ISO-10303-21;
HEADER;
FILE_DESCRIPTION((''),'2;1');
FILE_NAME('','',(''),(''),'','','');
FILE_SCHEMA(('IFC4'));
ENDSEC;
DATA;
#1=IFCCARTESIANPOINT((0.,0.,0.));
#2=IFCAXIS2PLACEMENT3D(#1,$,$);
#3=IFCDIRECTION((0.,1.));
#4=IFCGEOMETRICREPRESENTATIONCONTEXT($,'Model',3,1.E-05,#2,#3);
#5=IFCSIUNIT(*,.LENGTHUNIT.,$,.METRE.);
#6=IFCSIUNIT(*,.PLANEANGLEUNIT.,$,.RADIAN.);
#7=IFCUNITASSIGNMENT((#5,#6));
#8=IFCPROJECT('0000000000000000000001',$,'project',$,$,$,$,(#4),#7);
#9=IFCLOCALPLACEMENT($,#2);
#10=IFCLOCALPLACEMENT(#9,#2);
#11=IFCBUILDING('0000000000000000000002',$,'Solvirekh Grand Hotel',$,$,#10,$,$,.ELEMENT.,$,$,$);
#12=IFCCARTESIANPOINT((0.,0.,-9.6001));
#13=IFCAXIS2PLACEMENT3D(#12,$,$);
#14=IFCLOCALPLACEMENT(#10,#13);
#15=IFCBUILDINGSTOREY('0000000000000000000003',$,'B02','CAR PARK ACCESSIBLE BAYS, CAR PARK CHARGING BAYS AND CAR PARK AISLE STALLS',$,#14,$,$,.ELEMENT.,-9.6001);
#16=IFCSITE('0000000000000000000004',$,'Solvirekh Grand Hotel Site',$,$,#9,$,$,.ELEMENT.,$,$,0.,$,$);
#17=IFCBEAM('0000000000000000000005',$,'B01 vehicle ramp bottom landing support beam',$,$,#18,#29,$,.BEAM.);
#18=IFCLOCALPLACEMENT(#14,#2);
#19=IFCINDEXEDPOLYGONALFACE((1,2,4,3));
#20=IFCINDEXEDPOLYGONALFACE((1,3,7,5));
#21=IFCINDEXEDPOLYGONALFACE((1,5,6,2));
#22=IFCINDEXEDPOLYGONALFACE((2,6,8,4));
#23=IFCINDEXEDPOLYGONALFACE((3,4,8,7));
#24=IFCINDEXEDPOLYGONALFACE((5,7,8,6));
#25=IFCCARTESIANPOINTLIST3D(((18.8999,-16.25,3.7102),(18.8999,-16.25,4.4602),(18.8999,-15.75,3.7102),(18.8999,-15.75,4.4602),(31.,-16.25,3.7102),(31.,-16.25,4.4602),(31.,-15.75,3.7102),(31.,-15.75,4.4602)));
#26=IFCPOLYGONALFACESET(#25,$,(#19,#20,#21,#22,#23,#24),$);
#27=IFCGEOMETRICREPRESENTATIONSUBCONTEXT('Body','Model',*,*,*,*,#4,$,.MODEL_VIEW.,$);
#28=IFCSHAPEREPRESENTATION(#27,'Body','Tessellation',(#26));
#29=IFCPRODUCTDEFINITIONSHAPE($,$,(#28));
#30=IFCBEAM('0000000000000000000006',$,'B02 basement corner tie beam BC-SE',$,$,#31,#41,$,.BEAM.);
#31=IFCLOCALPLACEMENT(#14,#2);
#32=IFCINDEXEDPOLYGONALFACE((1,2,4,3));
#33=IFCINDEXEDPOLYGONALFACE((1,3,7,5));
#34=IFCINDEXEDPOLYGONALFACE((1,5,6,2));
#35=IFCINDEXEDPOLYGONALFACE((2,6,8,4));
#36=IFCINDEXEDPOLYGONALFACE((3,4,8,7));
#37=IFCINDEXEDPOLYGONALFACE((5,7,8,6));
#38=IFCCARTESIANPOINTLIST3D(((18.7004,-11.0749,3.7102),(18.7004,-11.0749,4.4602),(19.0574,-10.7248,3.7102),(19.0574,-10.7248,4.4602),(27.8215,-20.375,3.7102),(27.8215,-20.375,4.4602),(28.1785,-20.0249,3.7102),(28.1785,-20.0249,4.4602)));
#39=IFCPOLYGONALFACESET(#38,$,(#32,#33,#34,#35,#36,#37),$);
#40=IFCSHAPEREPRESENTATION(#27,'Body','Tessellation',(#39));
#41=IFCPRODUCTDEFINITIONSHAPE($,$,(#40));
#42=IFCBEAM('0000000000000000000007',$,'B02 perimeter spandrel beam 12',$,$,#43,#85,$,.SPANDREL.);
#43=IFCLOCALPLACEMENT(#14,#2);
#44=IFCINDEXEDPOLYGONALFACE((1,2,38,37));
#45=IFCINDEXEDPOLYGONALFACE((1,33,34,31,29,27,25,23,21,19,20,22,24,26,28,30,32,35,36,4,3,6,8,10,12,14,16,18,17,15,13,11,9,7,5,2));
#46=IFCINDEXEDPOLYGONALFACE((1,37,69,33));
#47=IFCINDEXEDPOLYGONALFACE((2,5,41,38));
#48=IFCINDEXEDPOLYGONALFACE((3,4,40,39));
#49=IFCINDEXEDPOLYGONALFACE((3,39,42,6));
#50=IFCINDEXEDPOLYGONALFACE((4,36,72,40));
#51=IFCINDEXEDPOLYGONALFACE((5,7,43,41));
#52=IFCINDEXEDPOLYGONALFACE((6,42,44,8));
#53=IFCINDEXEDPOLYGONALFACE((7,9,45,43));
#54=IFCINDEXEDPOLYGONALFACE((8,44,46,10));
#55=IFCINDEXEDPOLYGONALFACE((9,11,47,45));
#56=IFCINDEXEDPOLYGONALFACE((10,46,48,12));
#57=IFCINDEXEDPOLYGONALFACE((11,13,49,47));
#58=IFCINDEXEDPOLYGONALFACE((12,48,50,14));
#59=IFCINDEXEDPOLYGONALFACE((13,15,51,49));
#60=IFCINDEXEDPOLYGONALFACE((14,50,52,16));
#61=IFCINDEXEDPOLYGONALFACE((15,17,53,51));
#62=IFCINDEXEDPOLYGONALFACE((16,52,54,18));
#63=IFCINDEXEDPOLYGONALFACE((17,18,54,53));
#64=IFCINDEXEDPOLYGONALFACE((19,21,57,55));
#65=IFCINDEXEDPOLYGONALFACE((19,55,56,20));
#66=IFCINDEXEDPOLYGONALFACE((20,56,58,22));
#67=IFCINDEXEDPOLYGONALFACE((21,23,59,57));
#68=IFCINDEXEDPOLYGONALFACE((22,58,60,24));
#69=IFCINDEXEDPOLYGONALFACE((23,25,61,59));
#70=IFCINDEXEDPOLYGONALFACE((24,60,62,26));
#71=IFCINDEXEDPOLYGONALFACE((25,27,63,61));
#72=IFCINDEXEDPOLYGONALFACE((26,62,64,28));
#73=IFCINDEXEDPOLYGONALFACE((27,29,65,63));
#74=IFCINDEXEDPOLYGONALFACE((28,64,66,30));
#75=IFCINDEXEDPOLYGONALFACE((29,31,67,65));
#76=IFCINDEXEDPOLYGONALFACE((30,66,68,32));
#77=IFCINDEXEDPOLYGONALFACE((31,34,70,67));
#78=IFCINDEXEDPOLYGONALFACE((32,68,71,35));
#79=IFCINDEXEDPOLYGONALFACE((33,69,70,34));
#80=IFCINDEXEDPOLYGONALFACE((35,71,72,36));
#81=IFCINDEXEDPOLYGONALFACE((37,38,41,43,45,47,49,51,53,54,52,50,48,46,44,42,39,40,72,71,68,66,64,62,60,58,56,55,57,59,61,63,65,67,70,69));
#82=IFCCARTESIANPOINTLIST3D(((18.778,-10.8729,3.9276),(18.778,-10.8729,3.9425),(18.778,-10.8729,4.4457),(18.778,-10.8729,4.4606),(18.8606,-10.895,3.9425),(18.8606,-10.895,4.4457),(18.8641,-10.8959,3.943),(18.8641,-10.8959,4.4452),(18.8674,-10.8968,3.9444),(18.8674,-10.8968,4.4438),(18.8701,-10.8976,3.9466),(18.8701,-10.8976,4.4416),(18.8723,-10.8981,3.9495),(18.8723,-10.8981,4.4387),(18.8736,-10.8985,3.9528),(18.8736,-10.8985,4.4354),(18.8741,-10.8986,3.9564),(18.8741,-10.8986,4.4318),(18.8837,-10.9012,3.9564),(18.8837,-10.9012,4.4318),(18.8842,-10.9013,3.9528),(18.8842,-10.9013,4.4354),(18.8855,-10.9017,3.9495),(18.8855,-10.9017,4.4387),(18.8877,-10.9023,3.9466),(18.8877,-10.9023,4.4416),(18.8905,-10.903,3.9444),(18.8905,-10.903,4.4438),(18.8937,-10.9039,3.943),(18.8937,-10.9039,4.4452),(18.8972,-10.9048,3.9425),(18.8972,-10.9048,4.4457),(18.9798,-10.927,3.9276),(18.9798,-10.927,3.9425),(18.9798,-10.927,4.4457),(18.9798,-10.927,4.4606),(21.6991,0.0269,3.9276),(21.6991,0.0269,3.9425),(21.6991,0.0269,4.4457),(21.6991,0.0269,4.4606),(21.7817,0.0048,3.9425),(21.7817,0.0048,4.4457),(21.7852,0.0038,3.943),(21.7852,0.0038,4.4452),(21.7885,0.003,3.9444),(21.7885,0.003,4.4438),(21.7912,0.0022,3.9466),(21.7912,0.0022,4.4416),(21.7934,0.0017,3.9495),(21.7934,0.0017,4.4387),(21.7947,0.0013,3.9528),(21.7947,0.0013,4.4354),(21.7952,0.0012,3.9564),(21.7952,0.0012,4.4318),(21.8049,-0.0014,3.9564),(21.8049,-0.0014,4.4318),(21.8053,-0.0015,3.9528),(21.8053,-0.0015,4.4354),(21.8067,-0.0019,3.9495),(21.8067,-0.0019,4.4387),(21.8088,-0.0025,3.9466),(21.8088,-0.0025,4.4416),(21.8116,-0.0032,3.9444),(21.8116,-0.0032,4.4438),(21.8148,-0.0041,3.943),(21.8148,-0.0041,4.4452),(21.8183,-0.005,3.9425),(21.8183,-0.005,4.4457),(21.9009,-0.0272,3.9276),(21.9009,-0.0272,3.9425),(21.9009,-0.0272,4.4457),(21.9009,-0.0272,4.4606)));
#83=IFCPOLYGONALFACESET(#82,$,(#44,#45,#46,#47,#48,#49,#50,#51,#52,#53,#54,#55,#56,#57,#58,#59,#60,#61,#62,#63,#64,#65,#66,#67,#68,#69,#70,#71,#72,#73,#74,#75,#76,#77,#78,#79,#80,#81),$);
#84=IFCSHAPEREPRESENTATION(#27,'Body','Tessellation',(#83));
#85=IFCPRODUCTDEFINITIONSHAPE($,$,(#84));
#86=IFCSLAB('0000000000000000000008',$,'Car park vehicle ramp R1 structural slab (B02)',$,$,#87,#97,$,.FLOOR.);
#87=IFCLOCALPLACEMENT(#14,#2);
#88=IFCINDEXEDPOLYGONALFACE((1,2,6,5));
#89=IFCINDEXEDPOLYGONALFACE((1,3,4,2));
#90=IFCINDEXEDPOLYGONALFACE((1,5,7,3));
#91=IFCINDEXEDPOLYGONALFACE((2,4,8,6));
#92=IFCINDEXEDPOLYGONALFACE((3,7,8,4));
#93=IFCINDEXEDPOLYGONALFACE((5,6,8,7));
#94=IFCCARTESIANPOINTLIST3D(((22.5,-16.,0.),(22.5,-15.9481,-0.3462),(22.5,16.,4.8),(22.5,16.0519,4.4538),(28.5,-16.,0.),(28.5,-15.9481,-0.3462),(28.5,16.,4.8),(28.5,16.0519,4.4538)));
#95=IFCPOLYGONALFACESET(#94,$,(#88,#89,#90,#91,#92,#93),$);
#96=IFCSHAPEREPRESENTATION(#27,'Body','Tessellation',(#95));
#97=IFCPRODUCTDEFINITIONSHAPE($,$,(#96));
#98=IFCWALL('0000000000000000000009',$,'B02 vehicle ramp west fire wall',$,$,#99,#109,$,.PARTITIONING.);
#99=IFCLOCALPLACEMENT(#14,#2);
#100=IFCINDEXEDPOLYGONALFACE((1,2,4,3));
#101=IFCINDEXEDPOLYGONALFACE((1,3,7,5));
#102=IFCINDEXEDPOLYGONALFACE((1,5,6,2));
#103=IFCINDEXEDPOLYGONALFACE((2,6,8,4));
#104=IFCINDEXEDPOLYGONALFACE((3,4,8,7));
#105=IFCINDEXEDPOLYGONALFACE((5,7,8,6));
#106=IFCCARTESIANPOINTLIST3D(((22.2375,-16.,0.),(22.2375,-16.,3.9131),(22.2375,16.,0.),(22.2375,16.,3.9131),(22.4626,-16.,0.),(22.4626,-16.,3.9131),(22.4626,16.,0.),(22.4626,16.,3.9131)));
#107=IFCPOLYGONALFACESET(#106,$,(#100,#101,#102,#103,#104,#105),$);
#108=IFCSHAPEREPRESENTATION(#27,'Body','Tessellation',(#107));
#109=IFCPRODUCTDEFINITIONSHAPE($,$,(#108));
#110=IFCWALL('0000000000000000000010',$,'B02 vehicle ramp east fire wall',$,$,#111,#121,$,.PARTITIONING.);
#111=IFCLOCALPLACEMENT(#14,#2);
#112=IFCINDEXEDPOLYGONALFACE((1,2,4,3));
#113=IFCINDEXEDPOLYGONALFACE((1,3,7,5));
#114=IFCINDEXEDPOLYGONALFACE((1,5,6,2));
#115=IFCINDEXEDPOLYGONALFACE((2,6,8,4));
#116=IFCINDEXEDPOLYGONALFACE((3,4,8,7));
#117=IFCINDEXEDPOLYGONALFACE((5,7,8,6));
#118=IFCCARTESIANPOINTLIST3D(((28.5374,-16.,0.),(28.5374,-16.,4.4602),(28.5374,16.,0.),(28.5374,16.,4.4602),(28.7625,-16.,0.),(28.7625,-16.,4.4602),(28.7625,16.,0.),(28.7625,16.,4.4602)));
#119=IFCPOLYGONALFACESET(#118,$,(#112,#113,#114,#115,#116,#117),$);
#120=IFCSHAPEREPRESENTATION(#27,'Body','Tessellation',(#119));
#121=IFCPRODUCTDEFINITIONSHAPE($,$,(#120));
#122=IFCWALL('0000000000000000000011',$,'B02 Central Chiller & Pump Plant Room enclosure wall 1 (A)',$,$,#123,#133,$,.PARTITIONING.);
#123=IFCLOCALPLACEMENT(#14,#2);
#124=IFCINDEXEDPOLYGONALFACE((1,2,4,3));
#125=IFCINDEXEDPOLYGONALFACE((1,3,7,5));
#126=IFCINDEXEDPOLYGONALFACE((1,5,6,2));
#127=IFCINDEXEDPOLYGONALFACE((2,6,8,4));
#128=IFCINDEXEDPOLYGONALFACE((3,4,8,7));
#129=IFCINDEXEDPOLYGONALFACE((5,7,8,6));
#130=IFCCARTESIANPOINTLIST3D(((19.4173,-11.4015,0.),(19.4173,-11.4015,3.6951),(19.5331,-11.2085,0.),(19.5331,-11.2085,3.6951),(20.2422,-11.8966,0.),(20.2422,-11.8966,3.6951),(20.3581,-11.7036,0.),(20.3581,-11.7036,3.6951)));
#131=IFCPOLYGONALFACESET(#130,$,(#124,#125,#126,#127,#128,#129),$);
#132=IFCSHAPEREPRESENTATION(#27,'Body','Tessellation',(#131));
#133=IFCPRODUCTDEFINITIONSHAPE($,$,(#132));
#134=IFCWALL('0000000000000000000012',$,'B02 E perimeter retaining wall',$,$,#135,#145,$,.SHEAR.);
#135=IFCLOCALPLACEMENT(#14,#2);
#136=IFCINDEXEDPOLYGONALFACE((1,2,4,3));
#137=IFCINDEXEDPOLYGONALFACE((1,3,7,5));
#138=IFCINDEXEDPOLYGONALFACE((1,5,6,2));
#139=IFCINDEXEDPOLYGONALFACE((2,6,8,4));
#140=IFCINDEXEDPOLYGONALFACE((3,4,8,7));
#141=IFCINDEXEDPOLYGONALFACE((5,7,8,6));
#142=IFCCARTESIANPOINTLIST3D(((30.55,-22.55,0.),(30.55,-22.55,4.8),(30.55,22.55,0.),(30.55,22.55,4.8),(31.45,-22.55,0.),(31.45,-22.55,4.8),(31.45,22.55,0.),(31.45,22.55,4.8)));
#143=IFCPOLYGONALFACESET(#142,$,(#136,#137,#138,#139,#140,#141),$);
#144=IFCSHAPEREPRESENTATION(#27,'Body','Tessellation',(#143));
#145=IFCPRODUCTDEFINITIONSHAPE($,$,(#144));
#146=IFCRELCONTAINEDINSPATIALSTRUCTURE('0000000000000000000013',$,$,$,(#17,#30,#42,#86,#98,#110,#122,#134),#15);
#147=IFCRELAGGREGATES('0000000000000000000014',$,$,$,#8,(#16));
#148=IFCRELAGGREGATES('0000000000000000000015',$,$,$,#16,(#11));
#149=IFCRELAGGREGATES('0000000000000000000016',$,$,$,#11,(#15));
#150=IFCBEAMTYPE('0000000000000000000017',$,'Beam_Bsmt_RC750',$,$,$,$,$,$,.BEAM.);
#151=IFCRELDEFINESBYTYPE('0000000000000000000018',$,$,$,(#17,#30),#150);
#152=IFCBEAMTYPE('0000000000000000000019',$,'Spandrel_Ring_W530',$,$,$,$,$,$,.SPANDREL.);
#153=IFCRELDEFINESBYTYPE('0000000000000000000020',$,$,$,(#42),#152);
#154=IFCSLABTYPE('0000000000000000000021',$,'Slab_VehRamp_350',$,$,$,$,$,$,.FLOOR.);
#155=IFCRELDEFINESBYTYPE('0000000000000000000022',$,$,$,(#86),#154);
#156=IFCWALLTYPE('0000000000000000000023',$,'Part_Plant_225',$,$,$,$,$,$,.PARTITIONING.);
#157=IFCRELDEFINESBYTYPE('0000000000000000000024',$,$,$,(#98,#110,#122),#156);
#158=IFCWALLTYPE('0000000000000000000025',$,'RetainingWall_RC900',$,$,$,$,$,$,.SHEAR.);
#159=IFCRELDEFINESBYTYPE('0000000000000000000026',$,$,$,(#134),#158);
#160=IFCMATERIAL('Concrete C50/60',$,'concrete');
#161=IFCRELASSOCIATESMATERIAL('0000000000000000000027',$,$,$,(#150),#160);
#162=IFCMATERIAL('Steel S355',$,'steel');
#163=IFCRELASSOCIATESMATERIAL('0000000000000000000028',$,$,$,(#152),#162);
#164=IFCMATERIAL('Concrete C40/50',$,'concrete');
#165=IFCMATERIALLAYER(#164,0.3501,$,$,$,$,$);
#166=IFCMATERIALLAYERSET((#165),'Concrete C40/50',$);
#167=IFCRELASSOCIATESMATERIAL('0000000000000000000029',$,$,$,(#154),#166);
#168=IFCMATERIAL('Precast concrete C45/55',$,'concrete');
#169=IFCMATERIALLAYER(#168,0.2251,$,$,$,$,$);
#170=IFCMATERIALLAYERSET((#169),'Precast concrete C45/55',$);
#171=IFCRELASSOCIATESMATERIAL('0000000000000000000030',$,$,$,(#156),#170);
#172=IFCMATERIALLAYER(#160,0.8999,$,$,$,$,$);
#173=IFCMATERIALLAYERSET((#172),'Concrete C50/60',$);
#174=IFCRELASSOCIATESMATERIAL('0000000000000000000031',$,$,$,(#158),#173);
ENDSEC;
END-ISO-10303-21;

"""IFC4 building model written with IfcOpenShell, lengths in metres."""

from ifc_helpers import new_model, si_unit, direction, frame, frame_2d, origin, origin_2d, place, context, subcontext, project, spatial, polyline, rectangle, i_section, outline, extrude, material, layer, layer_set, material_profile, profile_set, type_object, element, save


model = new_model("IFC4")

# Units and contexts
model_context = context("Model", 3, precision=1e-05, world=origin(), true_north=direction((0.0, 1.0)))
body_context = subcontext(model_context, "Body", "Model", "MODEL_VIEW")
ifc_project = project(units=[si_unit("LENGTHUNIT", "METRE"), si_unit("PLANEANGLEUNIT", "RADIAN")], contexts=[model_context])

# Site, building, storey
site_placement = place(None, origin())
site = spatial("IfcSite", under=ifc_project, at=site_placement, Name="Solvirekh Grand Hotel Site", CompositionType="ELEMENT", RefElevation=0.0)
building_placement = place(site_placement, origin())
building = spatial("IfcBuilding", under=site, at=building_placement, Name="Solvirekh Grand Hotel", CompositionType="ELEMENT")
storey_placement = place(building_placement, frame((0.0, 0.0, -9.6001)))
storey = spatial("IfcBuildingStorey", under=building, at=storey_placement, Name="B02", Description="CAR PARK ACCESSIBLE BAYS, CAR PARK CHARGING BAYS AND CAR PARK AISLE STALLS", CompositionType="ELEMENT", Elevation=-9.6001)

# Shared definitions
ifc_material_1 = material(Name="Concrete C50/60", Category="concrete")

# Beams
ifc_material_profile_1 = material_profile(ifc_material_1, rectangle(XDim=0.5, YDim=0.75, at=origin_2d()), Name="RC BEAM 500X750")
ifc_profile_set_1 = profile_set([ifc_material_profile_1], Name="Concrete C50/60")
beam_type_1 = type_object("IfcBeamType", Name="Beam_Bsmt_RC750", PredefinedType="BEAM", material=ifc_profile_set_1)
beam_1_placement = place(storey_placement, frame((18.8999, -16.0, 4.0852), z_axis=(1.0, 0.0, 0.0), x_axis=(0.0, 1.0, 0.0)))
element("IfcBeam", 1, at=beam_1_placement, inside=storey, type_object=beam_type_1, Name="B01 vehicle ramp bottom landing support beam", PredefinedType="BEAM", context=body_context, shape_type="SweptSolid", body=[
    extrude(rectangle(XDim=0.5, YDim=0.75, at=origin_2d()), origin(), (0.0, 0.0, 1.0), 12.1001),
])
beam_2_placement = place(storey_placement, frame((28.0, -20.2, 4.0852), z_axis=(-0.700204, 0.713942, 0.0), x_axis=(-0.713942, -0.700204, 0.0)))
element("IfcBeam", 2, at=beam_2_placement, inside=storey, type_object=beam_type_1, Name="B02 basement corner tie beam BC-SE", PredefinedType="BEAM", context=body_context, shape_type="SweptSolid", body=[
    extrude(rectangle(XDim=0.5, YDim=0.75, at=origin_2d()), origin(), (0.0, 0.0, 1.0), 13.0264),
])
ifc_material_2 = material(Name="Steel S355", Category="steel")
ifc_material_profile_2 = material_profile(ifc_material_2, i_section(OverallWidth=0.209, OverallDepth=0.533, WebThickness=0.01, FlangeThickness=0.0149, FilletRadius=0.0139, at=origin_2d()), Name="W530X92")
ifc_profile_set_2 = profile_set([ifc_material_profile_2], Name="Steel S355")
beam_type_2 = type_object("IfcBeamType", Name="Spandrel_Ring_W530", PredefinedType="SPANDREL", material=ifc_profile_set_2)
beam_3_placement = place(storey_placement, frame((18.8789, -10.8999, 4.1941), z_axis=(0.258862, 0.965914, 0.0), x_axis=(-0.965914, 0.258862, 0.0)))
element("IfcBeam", 3, at=beam_3_placement, inside=storey, type_object=beam_type_2, Name="B02 perimeter spandrel beam 12", PredefinedType="SPANDREL", context=body_context, shape_type="SweptSolid", body=[
    extrude(i_section(OverallWidth=0.209, OverallDepth=0.533, WebThickness=0.01, FlangeThickness=0.0149, FilletRadius=0.0139, at=origin_2d()), origin(), (0.0, 0.0, 1.0), 11.2844),
])

# Slab
ifc_material_3 = material(Name="Concrete C40/50", Category="concrete")
ifc_layer_1 = layer(ifc_material_3, 0.3501)
ifc_layer_set_1 = layer_set([ifc_layer_1], Name="Concrete C40/50")
slab_type = type_object("IfcSlabType", Name="Slab_VehRamp_350", PredefinedType="FLOOR", material=ifc_layer_set_1)
slab_placement = place(storey_placement, frame((22.5, -16.0, 0.0), z_axis=(0.0, -0.148342, 0.988936), x_axis=(1.0, 0.0, 0.0)))
element("IfcSlab", 4, at=slab_placement, inside=storey, type_object=slab_type, Name="Car park vehicle ramp R1 structural slab (B02)", PredefinedType="FLOOR", context=body_context, shape_type="SweptSolid", body=[
    extrude(outline(polyline([(0.0, 0.0), (6.0, 0.0), (6.0, 32.358), (0.0, 32.358), (0.0, 0.0)])), origin(), (0.0, 0.0, -1.0), 0.3501),
])

# Walls
ifc_material_4 = material(Name="Precast concrete C45/55", Category="concrete")
ifc_layer_2 = layer(ifc_material_4, 0.2251)
ifc_layer_set_2 = layer_set([ifc_layer_2], Name="Precast concrete C45/55")
wall_type_1 = type_object("IfcWallType", Name="Part_Plant_225", PredefinedType="PARTITIONING", material=ifc_layer_set_2)
wall_1_placement = place(storey_placement, frame((22.3501, -16.0, 0.0), z_axis=(0.0, 0.0, 1.0), x_axis=(0.0, 1.0, 0.0)))
element("IfcWall", 5, at=wall_1_placement, inside=storey, type_object=wall_type_1, Name="B02 vehicle ramp west fire wall", PredefinedType="PARTITIONING", context=body_context, shape_type="SweptSolid", body=[
    extrude(rectangle(XDim=32.0, YDim=0.2251, at=frame_2d((16.0, 0.0))), origin(), (0.0, 0.0, 1.0), 3.9131),
])
wall_2_placement = place(storey_placement, frame((28.6499, -16.0, 0.0), z_axis=(0.0, 0.0, 1.0), x_axis=(0.0, 1.0, 0.0)))
element("IfcWall", 6, at=wall_2_placement, inside=storey, type_object=wall_type_1, Name="B02 vehicle ramp east fire wall", PredefinedType="PARTITIONING", context=body_context, shape_type="SweptSolid", body=[
    extrude(rectangle(XDim=32.0, YDim=0.2251, at=frame_2d((16.0, 0.0))), origin(), (0.0, 0.0, 1.0), 4.4602),
])
wall_3_placement = place(storey_placement, frame((20.3, -11.8, 0.0), z_axis=(0.0, 0.0, 1.0), x_axis=(-0.857426, 0.514608, 0.0)))
element("IfcWall", 7, at=wall_3_placement, inside=storey, type_object=wall_type_1, Name="B02 Central Chiller & Pump Plant Room enclosure wall 1 (A)", PredefinedType="PARTITIONING", context=body_context, shape_type="SweptSolid", body=[
    extrude(rectangle(XDim=0.9622, YDim=0.2251, at=frame_2d((0.481, 0.0))), origin(), (0.0, 0.0, 1.0), 3.6951),
])
ifc_layer_3 = layer(ifc_material_1, 0.8999)
ifc_layer_set_3 = layer_set([ifc_layer_3], Name="Concrete C50/60")
wall_type_2 = type_object("IfcWallType", Name="RetainingWall_RC900", PredefinedType="SHEAR", material=ifc_layer_set_3)
wall_4_placement = place(storey_placement, frame((31.0, -22.55, 0.0), z_axis=(0.0, 0.0, 1.0), x_axis=(0.0, 1.0, 0.0)))
element("IfcWall", 8, at=wall_4_placement, inside=storey, type_object=wall_type_2, Name="B02 E perimeter retaining wall", PredefinedType="SHEAR", context=body_context, shape_type="SweptSolid", body=[
    extrude(rectangle(XDim=45.1001, YDim=0.8999, at=frame_2d((22.55, 0.0))), origin(), (0.0, 0.0, 1.0), 4.8),
])

save(model, "model.ifc")
